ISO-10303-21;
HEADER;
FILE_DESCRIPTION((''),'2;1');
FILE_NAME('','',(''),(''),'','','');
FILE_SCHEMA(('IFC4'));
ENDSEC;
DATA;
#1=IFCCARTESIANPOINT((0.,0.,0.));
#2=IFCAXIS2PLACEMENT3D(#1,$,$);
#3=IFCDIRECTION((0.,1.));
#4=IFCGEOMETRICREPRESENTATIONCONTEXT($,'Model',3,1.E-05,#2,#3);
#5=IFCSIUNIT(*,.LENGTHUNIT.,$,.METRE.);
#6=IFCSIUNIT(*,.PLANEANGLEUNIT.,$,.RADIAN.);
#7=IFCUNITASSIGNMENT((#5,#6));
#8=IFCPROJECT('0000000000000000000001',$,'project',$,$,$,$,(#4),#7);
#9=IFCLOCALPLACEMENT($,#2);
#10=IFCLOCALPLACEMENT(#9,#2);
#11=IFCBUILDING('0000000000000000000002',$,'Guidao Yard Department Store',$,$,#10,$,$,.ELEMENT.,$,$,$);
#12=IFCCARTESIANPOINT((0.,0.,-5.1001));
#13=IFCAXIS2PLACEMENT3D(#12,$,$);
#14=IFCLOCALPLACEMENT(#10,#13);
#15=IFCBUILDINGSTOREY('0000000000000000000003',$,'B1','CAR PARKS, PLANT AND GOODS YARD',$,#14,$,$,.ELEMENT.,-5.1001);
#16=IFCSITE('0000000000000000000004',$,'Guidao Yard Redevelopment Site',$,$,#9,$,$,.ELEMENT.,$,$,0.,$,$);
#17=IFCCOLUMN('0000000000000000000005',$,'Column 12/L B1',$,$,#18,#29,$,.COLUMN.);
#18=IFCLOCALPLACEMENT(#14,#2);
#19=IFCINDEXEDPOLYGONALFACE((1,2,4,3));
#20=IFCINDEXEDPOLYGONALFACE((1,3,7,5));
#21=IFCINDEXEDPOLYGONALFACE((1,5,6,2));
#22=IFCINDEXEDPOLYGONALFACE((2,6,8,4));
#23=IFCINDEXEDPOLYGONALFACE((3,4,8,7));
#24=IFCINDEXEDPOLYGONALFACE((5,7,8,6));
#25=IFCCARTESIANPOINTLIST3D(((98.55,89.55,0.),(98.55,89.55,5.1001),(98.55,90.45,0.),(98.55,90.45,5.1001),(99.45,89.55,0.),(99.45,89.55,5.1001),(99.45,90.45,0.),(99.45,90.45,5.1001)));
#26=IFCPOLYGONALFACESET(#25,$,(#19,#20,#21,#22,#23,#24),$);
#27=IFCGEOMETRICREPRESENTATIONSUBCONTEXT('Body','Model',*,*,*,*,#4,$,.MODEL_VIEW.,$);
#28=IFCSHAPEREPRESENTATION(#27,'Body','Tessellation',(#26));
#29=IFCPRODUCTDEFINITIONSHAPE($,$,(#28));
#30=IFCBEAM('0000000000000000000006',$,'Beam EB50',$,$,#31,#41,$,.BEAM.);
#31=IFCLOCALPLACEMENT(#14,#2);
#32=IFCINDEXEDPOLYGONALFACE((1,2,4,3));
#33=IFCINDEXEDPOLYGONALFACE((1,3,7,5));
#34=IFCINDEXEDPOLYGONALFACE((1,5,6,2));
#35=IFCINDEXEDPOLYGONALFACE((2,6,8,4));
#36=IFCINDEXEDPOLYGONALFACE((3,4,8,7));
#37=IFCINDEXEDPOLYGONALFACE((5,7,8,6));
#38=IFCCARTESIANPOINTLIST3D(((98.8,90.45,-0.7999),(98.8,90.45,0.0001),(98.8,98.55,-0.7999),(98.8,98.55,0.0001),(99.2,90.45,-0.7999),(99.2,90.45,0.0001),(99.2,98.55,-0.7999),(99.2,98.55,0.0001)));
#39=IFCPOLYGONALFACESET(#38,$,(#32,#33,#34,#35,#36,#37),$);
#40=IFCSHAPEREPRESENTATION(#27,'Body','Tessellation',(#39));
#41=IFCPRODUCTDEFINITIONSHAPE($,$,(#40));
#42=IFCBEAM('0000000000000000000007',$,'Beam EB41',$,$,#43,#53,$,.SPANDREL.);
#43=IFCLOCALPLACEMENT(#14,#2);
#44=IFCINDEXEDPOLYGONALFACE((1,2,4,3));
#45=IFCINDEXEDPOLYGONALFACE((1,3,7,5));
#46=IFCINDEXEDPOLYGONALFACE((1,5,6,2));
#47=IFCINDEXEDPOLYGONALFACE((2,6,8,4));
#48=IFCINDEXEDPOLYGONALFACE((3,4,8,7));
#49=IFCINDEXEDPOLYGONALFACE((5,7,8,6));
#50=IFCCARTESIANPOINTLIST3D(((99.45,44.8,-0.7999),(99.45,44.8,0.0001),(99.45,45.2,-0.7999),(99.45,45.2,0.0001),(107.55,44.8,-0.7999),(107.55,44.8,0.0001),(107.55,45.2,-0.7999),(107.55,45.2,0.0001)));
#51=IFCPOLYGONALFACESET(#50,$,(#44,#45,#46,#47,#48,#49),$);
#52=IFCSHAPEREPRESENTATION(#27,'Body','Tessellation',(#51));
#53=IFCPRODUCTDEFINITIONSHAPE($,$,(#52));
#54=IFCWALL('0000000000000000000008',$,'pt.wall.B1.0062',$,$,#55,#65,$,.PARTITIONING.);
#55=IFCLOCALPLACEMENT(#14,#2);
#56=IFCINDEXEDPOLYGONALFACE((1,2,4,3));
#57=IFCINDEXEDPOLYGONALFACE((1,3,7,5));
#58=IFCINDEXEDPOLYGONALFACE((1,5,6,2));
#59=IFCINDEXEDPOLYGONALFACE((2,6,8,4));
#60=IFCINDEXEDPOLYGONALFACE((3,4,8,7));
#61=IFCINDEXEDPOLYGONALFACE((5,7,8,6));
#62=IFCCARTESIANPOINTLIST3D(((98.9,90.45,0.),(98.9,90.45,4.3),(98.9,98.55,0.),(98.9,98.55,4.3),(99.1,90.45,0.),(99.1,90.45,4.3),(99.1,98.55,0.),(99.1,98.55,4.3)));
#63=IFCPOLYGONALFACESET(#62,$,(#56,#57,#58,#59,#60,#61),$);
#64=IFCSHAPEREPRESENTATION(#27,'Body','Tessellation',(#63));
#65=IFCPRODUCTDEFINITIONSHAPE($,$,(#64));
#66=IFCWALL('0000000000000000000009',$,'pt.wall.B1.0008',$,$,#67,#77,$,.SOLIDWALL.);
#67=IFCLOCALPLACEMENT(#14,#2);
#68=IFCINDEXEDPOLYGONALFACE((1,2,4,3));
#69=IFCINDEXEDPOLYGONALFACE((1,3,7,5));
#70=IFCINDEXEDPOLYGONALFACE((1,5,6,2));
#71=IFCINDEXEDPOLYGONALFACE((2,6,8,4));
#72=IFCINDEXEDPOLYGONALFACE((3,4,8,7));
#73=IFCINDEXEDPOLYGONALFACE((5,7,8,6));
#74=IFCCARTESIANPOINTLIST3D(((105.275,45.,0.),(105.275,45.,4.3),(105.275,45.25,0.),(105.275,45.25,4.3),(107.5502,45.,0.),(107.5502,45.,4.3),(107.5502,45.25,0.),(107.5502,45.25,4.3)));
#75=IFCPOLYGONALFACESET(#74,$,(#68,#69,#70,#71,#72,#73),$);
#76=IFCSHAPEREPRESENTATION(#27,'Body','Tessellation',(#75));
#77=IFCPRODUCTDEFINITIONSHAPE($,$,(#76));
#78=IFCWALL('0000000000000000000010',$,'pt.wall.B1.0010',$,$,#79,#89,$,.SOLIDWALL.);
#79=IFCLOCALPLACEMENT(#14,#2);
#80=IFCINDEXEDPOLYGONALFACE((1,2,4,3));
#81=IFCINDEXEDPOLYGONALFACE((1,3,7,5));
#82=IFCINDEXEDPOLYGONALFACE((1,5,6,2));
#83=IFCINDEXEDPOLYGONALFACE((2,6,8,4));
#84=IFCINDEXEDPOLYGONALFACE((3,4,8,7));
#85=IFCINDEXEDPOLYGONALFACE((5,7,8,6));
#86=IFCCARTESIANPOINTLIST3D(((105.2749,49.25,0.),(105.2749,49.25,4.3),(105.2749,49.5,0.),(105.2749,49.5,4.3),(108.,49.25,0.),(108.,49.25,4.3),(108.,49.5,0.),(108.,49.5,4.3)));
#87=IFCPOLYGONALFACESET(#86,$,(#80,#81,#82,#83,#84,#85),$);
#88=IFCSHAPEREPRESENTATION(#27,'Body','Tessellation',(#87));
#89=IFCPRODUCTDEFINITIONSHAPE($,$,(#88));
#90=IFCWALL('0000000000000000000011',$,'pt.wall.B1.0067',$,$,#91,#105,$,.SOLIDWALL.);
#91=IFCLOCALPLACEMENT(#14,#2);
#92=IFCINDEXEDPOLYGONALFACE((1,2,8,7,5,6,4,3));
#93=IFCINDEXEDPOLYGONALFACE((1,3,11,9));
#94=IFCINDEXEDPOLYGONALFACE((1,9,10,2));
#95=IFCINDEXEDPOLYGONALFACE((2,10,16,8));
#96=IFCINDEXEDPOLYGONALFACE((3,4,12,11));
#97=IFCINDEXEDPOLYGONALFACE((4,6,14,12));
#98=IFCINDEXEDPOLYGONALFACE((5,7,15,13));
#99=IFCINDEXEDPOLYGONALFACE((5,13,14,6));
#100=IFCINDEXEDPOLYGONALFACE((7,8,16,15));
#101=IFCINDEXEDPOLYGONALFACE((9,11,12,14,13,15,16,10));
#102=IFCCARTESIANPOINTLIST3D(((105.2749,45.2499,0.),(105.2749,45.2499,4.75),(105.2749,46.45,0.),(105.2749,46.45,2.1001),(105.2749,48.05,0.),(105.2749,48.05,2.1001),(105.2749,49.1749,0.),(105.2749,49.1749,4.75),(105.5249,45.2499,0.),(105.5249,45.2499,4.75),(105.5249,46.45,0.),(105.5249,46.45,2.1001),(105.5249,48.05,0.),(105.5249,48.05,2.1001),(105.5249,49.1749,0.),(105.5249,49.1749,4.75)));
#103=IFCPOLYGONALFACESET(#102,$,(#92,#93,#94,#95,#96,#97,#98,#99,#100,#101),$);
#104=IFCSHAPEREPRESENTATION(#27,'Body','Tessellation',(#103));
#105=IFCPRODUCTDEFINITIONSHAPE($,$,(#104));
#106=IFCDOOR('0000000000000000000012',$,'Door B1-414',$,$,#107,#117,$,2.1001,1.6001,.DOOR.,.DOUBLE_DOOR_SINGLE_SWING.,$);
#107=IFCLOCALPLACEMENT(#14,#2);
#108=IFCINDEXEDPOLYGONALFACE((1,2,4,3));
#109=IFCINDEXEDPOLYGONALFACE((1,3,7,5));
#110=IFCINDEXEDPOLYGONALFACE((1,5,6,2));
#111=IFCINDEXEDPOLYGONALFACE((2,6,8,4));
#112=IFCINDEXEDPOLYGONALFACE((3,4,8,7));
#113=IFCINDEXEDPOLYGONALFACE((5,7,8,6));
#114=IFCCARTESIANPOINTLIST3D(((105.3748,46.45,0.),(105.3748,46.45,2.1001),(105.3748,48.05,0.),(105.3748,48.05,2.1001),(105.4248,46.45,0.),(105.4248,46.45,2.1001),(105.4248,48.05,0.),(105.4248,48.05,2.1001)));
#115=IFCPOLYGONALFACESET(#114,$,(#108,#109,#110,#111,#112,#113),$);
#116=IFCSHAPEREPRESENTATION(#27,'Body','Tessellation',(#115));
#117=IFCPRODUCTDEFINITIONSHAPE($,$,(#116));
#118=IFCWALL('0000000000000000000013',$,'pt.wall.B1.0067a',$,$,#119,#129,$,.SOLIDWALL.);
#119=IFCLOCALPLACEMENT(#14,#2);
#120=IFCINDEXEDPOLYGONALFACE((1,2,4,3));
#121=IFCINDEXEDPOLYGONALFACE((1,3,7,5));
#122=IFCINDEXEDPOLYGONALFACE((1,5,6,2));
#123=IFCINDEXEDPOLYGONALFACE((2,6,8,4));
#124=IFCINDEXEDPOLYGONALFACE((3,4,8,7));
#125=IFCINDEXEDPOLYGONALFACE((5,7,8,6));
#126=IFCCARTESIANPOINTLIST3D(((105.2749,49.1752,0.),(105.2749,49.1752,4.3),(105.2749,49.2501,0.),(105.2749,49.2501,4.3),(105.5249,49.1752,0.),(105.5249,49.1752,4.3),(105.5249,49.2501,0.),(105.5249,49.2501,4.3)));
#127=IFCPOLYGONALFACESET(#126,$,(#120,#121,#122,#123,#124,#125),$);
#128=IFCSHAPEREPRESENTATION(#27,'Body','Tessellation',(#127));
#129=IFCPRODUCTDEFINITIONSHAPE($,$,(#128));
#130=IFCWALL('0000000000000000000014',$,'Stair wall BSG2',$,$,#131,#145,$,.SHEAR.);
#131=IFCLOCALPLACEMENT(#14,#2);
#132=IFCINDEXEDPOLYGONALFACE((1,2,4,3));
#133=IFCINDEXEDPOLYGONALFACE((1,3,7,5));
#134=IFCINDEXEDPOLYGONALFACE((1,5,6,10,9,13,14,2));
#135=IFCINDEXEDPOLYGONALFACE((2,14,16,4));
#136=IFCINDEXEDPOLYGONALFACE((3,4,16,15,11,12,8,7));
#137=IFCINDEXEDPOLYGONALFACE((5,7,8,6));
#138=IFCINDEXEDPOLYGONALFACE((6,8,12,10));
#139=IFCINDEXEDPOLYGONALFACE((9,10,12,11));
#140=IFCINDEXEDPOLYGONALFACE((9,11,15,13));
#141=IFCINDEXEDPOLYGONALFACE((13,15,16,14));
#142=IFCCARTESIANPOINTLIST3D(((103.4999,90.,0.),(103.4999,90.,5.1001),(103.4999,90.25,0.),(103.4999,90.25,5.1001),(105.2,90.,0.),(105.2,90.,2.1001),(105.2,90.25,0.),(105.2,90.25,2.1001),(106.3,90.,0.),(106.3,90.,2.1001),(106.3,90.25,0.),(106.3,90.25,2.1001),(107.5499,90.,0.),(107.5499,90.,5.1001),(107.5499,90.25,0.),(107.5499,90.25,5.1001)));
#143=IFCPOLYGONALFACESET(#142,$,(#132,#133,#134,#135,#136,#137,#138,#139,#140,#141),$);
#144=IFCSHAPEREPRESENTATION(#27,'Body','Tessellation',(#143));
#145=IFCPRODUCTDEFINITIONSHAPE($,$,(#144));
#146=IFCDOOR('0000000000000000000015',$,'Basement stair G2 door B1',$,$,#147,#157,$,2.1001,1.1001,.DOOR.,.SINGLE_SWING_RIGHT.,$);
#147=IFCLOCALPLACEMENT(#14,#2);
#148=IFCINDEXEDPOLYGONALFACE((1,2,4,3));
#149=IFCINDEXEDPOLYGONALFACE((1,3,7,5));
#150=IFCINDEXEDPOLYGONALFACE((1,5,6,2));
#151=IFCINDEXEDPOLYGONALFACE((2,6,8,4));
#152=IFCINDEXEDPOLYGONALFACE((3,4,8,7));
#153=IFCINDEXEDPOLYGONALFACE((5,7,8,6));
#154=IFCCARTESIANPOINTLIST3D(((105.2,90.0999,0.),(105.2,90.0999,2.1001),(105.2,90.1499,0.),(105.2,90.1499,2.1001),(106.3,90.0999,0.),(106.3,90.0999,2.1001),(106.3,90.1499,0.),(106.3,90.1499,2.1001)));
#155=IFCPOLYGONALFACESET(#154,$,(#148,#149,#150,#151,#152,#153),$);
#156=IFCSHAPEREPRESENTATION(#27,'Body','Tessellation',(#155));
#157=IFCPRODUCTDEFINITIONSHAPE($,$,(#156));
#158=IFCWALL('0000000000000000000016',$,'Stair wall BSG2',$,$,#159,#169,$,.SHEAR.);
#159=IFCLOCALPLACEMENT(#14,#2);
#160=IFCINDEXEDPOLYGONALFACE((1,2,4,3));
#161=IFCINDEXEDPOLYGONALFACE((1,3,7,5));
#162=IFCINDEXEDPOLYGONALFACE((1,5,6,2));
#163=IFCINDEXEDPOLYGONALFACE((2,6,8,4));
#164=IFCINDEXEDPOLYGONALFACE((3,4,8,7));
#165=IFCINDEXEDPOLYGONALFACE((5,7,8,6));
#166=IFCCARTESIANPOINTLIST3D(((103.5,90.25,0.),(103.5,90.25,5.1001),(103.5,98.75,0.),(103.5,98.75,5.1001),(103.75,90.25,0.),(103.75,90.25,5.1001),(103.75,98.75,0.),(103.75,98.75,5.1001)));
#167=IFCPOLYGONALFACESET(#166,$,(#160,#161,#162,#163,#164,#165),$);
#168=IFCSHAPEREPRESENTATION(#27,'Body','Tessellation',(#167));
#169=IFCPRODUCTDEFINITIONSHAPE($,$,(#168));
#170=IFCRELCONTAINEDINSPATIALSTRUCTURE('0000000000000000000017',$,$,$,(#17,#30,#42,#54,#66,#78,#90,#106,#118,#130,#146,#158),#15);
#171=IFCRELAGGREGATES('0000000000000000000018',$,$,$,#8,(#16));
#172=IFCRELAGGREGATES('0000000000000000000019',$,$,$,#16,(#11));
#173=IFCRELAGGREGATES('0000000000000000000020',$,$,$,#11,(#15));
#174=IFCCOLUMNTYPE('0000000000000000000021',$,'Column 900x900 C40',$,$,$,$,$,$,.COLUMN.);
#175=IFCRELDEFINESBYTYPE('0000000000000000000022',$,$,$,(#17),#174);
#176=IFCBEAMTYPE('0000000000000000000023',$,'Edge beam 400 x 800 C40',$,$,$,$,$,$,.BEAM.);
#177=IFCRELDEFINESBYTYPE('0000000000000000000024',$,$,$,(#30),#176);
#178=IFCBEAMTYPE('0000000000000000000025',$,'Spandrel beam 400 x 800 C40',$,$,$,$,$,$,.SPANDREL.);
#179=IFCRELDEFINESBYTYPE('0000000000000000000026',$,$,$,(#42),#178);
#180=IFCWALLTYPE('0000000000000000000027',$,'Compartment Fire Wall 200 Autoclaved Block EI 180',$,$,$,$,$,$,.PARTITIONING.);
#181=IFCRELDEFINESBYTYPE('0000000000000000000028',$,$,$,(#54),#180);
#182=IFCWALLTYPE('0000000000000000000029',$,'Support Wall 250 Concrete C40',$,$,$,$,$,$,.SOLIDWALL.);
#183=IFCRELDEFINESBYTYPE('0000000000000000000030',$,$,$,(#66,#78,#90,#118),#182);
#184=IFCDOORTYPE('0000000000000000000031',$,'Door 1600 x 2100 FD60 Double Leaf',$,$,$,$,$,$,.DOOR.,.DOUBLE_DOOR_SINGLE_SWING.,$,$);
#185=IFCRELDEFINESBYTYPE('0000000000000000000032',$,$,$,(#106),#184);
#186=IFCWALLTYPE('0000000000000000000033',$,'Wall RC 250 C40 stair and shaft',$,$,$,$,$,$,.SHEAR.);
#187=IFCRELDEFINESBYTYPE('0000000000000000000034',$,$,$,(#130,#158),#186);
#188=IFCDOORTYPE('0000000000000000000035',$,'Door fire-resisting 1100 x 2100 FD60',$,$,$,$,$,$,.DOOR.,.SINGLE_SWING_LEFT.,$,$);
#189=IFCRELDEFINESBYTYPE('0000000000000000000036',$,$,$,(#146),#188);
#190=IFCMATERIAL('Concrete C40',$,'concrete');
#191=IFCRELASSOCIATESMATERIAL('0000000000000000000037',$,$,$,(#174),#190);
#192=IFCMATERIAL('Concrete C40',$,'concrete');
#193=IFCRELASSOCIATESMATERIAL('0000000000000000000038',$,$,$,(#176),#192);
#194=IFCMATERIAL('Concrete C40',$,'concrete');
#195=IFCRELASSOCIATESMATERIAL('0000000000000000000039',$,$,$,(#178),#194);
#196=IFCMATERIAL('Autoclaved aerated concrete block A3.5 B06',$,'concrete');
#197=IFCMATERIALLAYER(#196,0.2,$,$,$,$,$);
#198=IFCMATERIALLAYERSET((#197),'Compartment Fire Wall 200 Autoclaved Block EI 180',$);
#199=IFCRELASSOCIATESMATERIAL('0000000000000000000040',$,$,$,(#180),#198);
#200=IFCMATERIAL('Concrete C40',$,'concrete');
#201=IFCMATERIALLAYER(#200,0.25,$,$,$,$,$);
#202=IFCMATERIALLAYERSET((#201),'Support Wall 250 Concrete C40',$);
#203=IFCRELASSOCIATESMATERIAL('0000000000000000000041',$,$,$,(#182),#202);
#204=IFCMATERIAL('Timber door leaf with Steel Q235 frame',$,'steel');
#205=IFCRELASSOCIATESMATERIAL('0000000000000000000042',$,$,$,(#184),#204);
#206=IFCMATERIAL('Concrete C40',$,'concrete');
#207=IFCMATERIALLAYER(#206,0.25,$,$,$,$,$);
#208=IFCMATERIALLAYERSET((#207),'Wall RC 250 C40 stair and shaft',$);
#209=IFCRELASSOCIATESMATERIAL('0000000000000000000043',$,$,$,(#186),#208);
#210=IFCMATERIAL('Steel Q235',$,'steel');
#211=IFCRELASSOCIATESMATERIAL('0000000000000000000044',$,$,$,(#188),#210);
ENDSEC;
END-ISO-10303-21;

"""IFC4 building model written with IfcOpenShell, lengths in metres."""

from ifc_helpers import new_model, si_unit, direction, frame, frame_2d, origin, origin_2d, place, context, subcontext, project, spatial, rectangle, extrude, material, layer, layer_set, material_profile, profile_set, type_object, element, fill, save


model = new_model("IFC4")

# Units and contexts
model_context = context("Model", 3, precision=1e-05, world=origin(), true_north=direction((0.0, 1.0)))
body_context = subcontext(model_context, "Body", "Model", "MODEL_VIEW")
ifc_project = project(units=[si_unit("LENGTHUNIT", "METRE"), si_unit("PLANEANGLEUNIT", "RADIAN")], contexts=[model_context])

# Site, building, storey
site_placement = place(None, origin())
site = spatial("IfcSite", under=ifc_project, at=site_placement, Name="Guidao Yard Redevelopment Site", CompositionType="ELEMENT", RefElevation=0.0)
building_placement = place(site_placement, origin())
building = spatial("IfcBuilding", under=site, at=building_placement, Name="Guidao Yard Department Store", CompositionType="ELEMENT")
storey_placement = place(building_placement, frame((0.0, 0.0, -5.1001)))
storey = spatial("IfcBuildingStorey", under=building, at=storey_placement, Name="B1", Description="CAR PARKS, PLANT AND GOODS YARD", CompositionType="ELEMENT", Elevation=-5.1001)

# Column
ifc_material_1 = material(Name="Concrete C40", Category="concrete")
ifc_material_profile_1 = material_profile(ifc_material_1, rectangle(XDim=0.8999, YDim=0.8999, at=origin_2d()), Name="COL 900x900")
ifc_profile_set_1 = profile_set([ifc_material_profile_1], Name="Concrete C40")
column_type = type_object("IfcColumnType", Name="Column 900x900 C40", PredefinedType="COLUMN", material=ifc_profile_set_1)
column_placement = place(storey_placement, frame((99.0, 90.0, 0.0), z_axis=(0.0, 0.0, 1.0), x_axis=(1.0, 0.0, 0.0)))
element("IfcColumn", 1, at=column_placement, inside=storey, type_object=column_type, Name="Column 12/L B1", PredefinedType="COLUMN", context=body_context, shape_type="SweptSolid", body=[
    extrude(rectangle(XDim=0.8999, YDim=0.8999, at=origin_2d()), origin(), (0.0, 0.0, 1.0), 5.1001),
])

# Beams
ifc_material_2 = material(Name="Concrete C40", Category="concrete")
ifc_material_profile_2 = material_profile(ifc_material_2, rectangle(XDim=0.3999, YDim=0.8, at=origin_2d()), Name="Edge beam 400 x 800 C40")
ifc_profile_set_2 = profile_set([ifc_material_profile_2], Name="Concrete C40")
beam_type_1 = type_object("IfcBeamType", Name="Edge beam 400 x 800 C40", PredefinedType="BEAM", material=ifc_profile_set_2)
beam_1_placement = place(storey_placement, frame((99.0, 90.45, -0.3999), z_axis=(0.0, 1.0, 0.0), x_axis=(-1.0, 0.0, 0.0)))
element("IfcBeam", 2, at=beam_1_placement, inside=storey, type_object=beam_type_1, Name="Beam EB50", PredefinedType="BEAM", context=body_context, shape_type="SweptSolid", body=[
    extrude(rectangle(XDim=0.3999, YDim=0.8, at=origin_2d()), origin(), (0.0, 0.0, 1.0), 8.1001),
])
ifc_material_3 = material(Name="Concrete C40", Category="concrete")
ifc_material_profile_3 = material_profile(ifc_material_3, rectangle(XDim=0.3999, YDim=0.8, at=origin_2d()), Name="Spandrel beam 400 x 800 C40")
ifc_profile_set_3 = profile_set([ifc_material_profile_3], Name="Concrete C40")
beam_type_2 = type_object("IfcBeamType", Name="Spandrel beam 400 x 800 C40", PredefinedType="SPANDREL", material=ifc_profile_set_3)
beam_2_placement = place(storey_placement, frame((99.45, 45.0, -0.3999), z_axis=(1.0, 0.0, 0.0), x_axis=(0.0, 1.0, 0.0)))
element("IfcBeam", 3, at=beam_2_placement, inside=storey, type_object=beam_type_2, Name="Beam EB41", PredefinedType="SPANDREL", context=body_context, shape_type="SweptSolid", body=[
    extrude(rectangle(XDim=0.3999, YDim=0.8, at=origin_2d()), origin(), (0.0, 0.0, 1.0), 8.1001),
])

# Walls
ifc_material_4 = material(Name="Autoclaved aerated concrete block A3.5 B06", Category="concrete")
ifc_layer_1 = layer(ifc_material_4, 0.2)
ifc_layer_set_1 = layer_set([ifc_layer_1], Name="Compartment Fire Wall 200 Autoclaved Block EI 180")
wall_type_1 = type_object("IfcWallType", Name="Compartment Fire Wall 200 Autoclaved Block EI 180", PredefinedType="PARTITIONING", material=ifc_layer_set_1)
wall_1_placement = place(storey_placement, frame((99.0, 90.45, 0.0), z_axis=(0.0, 0.0, 1.0), x_axis=(0.0, 1.0, 0.0)))
element("IfcWall", 4, at=wall_1_placement, inside=storey, type_object=wall_type_1, Name="pt.wall.B1.0062", PredefinedType="PARTITIONING", context=body_context, shape_type="SweptSolid", body=[
    extrude(rectangle(XDim=8.1001, YDim=0.2, at=frame_2d((4.05, 0.0))), origin(), (0.0, 0.0, 1.0), 4.3),
])
ifc_material_5 = material(Name="Concrete C40", Category="concrete")
ifc_layer_2 = layer(ifc_material_5, 0.25)
ifc_layer_set_2 = layer_set([ifc_layer_2], Name="Support Wall 250 Concrete C40")
wall_type_2 = type_object("IfcWallType", Name="Support Wall 250 Concrete C40", PredefinedType="SOLIDWALL", material=ifc_layer_set_2)
wall_2_placement = place(storey_placement, frame((105.2749, 45.125, 0.0), z_axis=(0.0, 0.0, 1.0), x_axis=(1.0, 0.0, 0.0)))
element("IfcWall", 5, at=wall_2_placement, inside=storey, type_object=wall_type_2, Name="pt.wall.B1.0008", PredefinedType="SOLIDWALL", context=body_context, shape_type="SweptSolid", body=[
    extrude(rectangle(XDim=2.2751, YDim=0.25, at=frame_2d((1.1377, 0.0))), origin(), (0.0, 0.0, 1.0), 4.3),
])
wall_3_placement = place(storey_placement, frame((105.2749, 49.375, 0.0), z_axis=(0.0, 0.0, 1.0), x_axis=(1.0, 0.0, 0.0)))
element("IfcWall", 6, at=wall_3_placement, inside=storey, type_object=wall_type_2, Name="pt.wall.B1.0010", PredefinedType="SOLIDWALL", context=body_context, shape_type="SweptSolid", body=[
    extrude(rectangle(XDim=2.7251, YDim=0.25, at=frame_2d((1.3625, 0.0))), origin(), (0.0, 0.0, 1.0), 4.3),
])

# Wall, opening, door
wall_4_placement = place(storey_placement, frame((105.3999, 45.25, 0.0), z_axis=(0.0, 0.0, 1.0), x_axis=(0.0, 1.0, 0.0)))
wall_4 = element("IfcWall", 7, at=wall_4_placement, inside=storey, type_object=wall_type_2, Name="pt.wall.B1.0067", PredefinedType="SOLIDWALL", context=body_context, shape_type="SweptSolid", body=[
    extrude(rectangle(XDim=3.925, YDim=0.25, at=frame_2d((1.9624, 0.0))), origin(), (0.0, 0.0, 1.0), 4.75),
])
opening_1_placement = place(wall_4_placement, frame((2.8, 0.0, 0.0), z_axis=(0.0, 0.0, 1.0), x_axis=(-1.0, 0.0, 0.0)))
opening_1 = element("IfcOpeningElement", 8, at=opening_1_placement, cuts=wall_4, PredefinedType="OPENING", context=body_context, shape_type="SweptSolid", body=[
    extrude(rectangle(XDim=1.6001, YDim=2.1001, at=frame_2d((0.8, 1.05))), frame((0.0, 0.135, 0.0), z_axis=(0.0, -1.0, 0.0), x_axis=(1.0, 0.0, 0.0)), (0.0, 0.0, 1.0), 0.27),
])
ifc_material_6 = material(Name="Timber door leaf with Steel Q235 frame", Category="steel")
door_type_1 = type_object("IfcDoorType", Name="Door 1600 x 2100 FD60 Double Leaf", OperationType="DOUBLE_DOOR_SINGLE_SWING", PredefinedType="DOOR", material=ifc_material_6)
door_1_placement = place(opening_1_placement, origin())
door_1 = element("IfcDoor", 9, at=door_1_placement, inside=storey, type_object=door_type_1, Name="Door B1-414", OperationType="DOUBLE_DOOR_SINGLE_SWING", OverallHeight=2.1001, OverallWidth=1.6001, PredefinedType="DOOR", context=body_context, shape_type="SweptSolid", body=[
    extrude(rectangle(XDim=1.6001, YDim=2.1001, at=frame_2d((0.8, 1.05))), frame((0.0, 0.0249, 0.0), z_axis=(0.0, -1.0, 0.0), x_axis=(1.0, 0.0, 0.0)), (0.0, 0.0, 1.0), 0.05),
])
fill(opening_1, door_1)

# Wall
wall_5_placement = place(storey_placement, frame((105.3999, 49.175, 0.0), z_axis=(0.0, 0.0, 1.0), x_axis=(0.0, 1.0, 0.0)))
element("IfcWall", 10, at=wall_5_placement, inside=storey, type_object=wall_type_2, Name="pt.wall.B1.0067a", PredefinedType="SOLIDWALL", context=body_context, shape_type="SweptSolid", body=[
    extrude(rectangle(XDim=0.075, YDim=0.25, at=frame_2d((0.0376, 0.0))), origin(), (0.0, 0.0, 1.0), 4.3),
])

# Wall, opening, door
ifc_material_7 = material(Name="Concrete C40", Category="concrete")
ifc_layer_3 = layer(ifc_material_7, 0.25)
ifc_layer_set_3 = layer_set([ifc_layer_3], Name="Wall RC 250 C40 stair and shaft")
wall_type_3 = type_object("IfcWallType", Name="Wall RC 250 C40 stair and shaft", PredefinedType="SHEAR", material=ifc_layer_set_3)
wall_6_placement = place(storey_placement, frame((103.5, 90.125, 0.0), z_axis=(0.0, 0.0, 1.0), x_axis=(1.0, 0.0, 0.0)))
wall_6 = element("IfcWall", 11, at=wall_6_placement, inside=storey, type_object=wall_type_3, Name="Stair wall BSG2", PredefinedType="SHEAR", context=body_context, shape_type="SweptSolid", body=[
    extrude(rectangle(XDim=4.05, YDim=0.25, at=frame_2d((2.0249, 0.0))), origin(), (0.0, 0.0, 1.0), 5.1001),
])
opening_2_placement = place(wall_6_placement, frame((1.7, 0.0, 0.0)))
opening_2 = element("IfcOpeningElement", 12, at=opening_2_placement, cuts=wall_6, PredefinedType="OPENING", context=body_context, shape_type="SweptSolid", body=[
    extrude(rectangle(XDim=1.1001, YDim=2.1001, at=frame_2d((0.55, 1.05))), frame((0.0, 0.135, 0.0), z_axis=(0.0, -1.0, 0.0), x_axis=(1.0, 0.0, 0.0)), (0.0, 0.0, 1.0), 0.27),
])
ifc_material_8 = material(Name="Steel Q235", Category="steel")
door_type_2 = type_object("IfcDoorType", Name="Door fire-resisting 1100 x 2100 FD60", OperationType="SINGLE_SWING_LEFT", PredefinedType="DOOR", material=ifc_material_8)
door_2_placement = place(opening_2_placement, origin())
door_2 = element("IfcDoor", 13, at=door_2_placement, inside=storey, type_object=door_type_2, Name="Basement stair G2 door B1", OperationType="SINGLE_SWING_RIGHT", OverallHeight=2.1001, OverallWidth=1.1001, PredefinedType="DOOR", context=body_context, shape_type="SweptSolid", body=[
    extrude(rectangle(XDim=1.1001, YDim=2.1001, at=frame_2d((0.55, 1.05))), frame((0.0, 0.0249, 0.0), z_axis=(0.0, -1.0, 0.0), x_axis=(1.0, 0.0, 0.0)), (0.0, 0.0, 1.0), 0.05),
])
fill(opening_2, door_2)

# Wall
wall_7_placement = place(storey_placement, frame((103.625, 90.25, 0.0), z_axis=(0.0, 0.0, 1.0), x_axis=(0.0, 1.0, 0.0)))
element("IfcWall", 14, at=wall_7_placement, inside=storey, type_object=wall_type_3, Name="Stair wall BSG2", PredefinedType="SHEAR", context=body_context, shape_type="SweptSolid", body=[
    extrude(rectangle(XDim=8.5, YDim=0.25, at=frame_2d((4.25, 0.0))), origin(), (0.0, 0.0, 1.0), 5.1001),
])

save(model, "model.ifc")
